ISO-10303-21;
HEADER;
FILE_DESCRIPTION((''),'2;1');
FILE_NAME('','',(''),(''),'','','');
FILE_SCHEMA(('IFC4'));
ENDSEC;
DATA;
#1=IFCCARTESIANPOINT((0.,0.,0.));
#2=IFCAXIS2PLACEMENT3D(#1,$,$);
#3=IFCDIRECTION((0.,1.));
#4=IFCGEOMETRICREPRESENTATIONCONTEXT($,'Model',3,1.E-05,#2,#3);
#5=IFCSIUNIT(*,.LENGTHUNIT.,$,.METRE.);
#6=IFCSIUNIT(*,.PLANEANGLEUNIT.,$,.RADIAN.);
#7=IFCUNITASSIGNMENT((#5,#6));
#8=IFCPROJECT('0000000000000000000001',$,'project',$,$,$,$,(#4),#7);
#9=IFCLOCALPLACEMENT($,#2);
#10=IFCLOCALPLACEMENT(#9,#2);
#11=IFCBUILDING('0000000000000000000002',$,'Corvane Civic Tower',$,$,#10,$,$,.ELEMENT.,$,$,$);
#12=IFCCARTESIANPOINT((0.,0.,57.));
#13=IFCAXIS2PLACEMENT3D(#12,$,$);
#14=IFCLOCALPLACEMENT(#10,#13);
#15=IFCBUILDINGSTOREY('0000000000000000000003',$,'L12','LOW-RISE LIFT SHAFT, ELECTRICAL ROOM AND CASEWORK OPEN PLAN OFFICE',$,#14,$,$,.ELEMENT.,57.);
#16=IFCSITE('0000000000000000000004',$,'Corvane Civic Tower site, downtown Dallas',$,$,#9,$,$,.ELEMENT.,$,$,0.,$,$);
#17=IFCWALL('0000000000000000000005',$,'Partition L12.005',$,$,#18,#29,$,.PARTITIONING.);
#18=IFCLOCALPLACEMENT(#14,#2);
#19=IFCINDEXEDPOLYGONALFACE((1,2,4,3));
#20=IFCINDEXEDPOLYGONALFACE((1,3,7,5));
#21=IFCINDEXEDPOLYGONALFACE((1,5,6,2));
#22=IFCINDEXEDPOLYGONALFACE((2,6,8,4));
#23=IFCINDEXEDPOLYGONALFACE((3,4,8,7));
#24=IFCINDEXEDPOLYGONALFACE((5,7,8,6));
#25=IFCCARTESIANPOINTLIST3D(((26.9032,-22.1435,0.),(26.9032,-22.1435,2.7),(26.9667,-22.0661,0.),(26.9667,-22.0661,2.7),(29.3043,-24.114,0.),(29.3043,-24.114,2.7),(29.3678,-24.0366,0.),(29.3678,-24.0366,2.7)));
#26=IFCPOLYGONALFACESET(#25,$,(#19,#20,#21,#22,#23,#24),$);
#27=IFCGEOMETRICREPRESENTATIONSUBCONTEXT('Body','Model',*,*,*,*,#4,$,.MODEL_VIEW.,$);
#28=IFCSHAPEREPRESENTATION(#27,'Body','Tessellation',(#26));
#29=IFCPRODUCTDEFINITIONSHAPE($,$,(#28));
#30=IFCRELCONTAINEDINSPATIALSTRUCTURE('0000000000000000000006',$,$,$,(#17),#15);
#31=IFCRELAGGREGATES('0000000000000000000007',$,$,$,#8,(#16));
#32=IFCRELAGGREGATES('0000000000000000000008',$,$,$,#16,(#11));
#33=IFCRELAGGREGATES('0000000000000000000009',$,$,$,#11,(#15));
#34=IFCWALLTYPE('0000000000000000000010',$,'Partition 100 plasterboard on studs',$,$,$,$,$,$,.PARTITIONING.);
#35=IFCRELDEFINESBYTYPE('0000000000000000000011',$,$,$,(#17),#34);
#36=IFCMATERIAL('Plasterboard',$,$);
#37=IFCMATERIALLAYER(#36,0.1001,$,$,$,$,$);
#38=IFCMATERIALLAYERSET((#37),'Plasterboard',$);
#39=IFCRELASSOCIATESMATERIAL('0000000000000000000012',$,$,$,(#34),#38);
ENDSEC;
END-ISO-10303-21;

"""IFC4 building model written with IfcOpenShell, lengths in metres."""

from ifc_helpers import new_model, si_unit, direction, frame, frame_2d, origin, place, context, subcontext, project, spatial, rectangle, extrude, material, layer, layer_set, type_object, element, save


model = new_model("IFC4")

# Units and contexts
model_context = context("Model", 3, precision=1e-05, world=origin(), true_north=direction((0.0, 1.0)))
body_context = subcontext(model_context, "Body", "Model", "MODEL_VIEW")
ifc_project = project(units=[si_unit("LENGTHUNIT", "METRE"), si_unit("PLANEANGLEUNIT", "RADIAN")], contexts=[model_context])

# Site, building, storey
site_placement = place(None, origin())
site = spatial("IfcSite", under=ifc_project, at=site_placement, Name="Corvane Civic Tower site, downtown Dallas", CompositionType="ELEMENT", RefElevation=0.0)
building_placement = place(site_placement, origin())
building = spatial("IfcBuilding", under=site, at=building_placement, Name="Corvane Civic Tower", CompositionType="ELEMENT")
storey_placement = place(building_placement, frame((0.0, 0.0, 57.0)))
storey = spatial("IfcBuildingStorey", under=building, at=storey_placement, Name="L12", Description="LOW-RISE LIFT SHAFT, ELECTRICAL ROOM AND CASEWORK OPEN PLAN OFFICE", CompositionType="ELEMENT", Elevation=57.0)

# Wall
ifc_material_1 = material(Name="Plasterboard")
ifc_layer_1 = layer(ifc_material_1, 0.1001)
ifc_layer_set_1 = layer_set([ifc_layer_1], Name="Plasterboard")
wall_type = type_object("IfcWallType", Name="Partition 100 plasterboard on studs", PredefinedType="PARTITIONING", material=ifc_layer_set_1)
wall_placement = place(storey_placement, frame((26.9348, -22.1047, 0.0), z_axis=(0.0, 0.0, 1.0), x_axis=(0.773025, -0.634376, 0.0)))
element("IfcWall", 1, at=wall_placement, inside=storey, type_object=wall_type, Name="Partition L12.005", PredefinedType="PARTITIONING", context=body_context, shape_type="SweptSolid", body=[
    extrude(rectangle(XDim=3.1062, YDim=0.1001, at=frame_2d((1.5532, 0.0))), origin(), (0.0, 0.0, 1.0), 2.7),
])

save(model, "model.ifc")
